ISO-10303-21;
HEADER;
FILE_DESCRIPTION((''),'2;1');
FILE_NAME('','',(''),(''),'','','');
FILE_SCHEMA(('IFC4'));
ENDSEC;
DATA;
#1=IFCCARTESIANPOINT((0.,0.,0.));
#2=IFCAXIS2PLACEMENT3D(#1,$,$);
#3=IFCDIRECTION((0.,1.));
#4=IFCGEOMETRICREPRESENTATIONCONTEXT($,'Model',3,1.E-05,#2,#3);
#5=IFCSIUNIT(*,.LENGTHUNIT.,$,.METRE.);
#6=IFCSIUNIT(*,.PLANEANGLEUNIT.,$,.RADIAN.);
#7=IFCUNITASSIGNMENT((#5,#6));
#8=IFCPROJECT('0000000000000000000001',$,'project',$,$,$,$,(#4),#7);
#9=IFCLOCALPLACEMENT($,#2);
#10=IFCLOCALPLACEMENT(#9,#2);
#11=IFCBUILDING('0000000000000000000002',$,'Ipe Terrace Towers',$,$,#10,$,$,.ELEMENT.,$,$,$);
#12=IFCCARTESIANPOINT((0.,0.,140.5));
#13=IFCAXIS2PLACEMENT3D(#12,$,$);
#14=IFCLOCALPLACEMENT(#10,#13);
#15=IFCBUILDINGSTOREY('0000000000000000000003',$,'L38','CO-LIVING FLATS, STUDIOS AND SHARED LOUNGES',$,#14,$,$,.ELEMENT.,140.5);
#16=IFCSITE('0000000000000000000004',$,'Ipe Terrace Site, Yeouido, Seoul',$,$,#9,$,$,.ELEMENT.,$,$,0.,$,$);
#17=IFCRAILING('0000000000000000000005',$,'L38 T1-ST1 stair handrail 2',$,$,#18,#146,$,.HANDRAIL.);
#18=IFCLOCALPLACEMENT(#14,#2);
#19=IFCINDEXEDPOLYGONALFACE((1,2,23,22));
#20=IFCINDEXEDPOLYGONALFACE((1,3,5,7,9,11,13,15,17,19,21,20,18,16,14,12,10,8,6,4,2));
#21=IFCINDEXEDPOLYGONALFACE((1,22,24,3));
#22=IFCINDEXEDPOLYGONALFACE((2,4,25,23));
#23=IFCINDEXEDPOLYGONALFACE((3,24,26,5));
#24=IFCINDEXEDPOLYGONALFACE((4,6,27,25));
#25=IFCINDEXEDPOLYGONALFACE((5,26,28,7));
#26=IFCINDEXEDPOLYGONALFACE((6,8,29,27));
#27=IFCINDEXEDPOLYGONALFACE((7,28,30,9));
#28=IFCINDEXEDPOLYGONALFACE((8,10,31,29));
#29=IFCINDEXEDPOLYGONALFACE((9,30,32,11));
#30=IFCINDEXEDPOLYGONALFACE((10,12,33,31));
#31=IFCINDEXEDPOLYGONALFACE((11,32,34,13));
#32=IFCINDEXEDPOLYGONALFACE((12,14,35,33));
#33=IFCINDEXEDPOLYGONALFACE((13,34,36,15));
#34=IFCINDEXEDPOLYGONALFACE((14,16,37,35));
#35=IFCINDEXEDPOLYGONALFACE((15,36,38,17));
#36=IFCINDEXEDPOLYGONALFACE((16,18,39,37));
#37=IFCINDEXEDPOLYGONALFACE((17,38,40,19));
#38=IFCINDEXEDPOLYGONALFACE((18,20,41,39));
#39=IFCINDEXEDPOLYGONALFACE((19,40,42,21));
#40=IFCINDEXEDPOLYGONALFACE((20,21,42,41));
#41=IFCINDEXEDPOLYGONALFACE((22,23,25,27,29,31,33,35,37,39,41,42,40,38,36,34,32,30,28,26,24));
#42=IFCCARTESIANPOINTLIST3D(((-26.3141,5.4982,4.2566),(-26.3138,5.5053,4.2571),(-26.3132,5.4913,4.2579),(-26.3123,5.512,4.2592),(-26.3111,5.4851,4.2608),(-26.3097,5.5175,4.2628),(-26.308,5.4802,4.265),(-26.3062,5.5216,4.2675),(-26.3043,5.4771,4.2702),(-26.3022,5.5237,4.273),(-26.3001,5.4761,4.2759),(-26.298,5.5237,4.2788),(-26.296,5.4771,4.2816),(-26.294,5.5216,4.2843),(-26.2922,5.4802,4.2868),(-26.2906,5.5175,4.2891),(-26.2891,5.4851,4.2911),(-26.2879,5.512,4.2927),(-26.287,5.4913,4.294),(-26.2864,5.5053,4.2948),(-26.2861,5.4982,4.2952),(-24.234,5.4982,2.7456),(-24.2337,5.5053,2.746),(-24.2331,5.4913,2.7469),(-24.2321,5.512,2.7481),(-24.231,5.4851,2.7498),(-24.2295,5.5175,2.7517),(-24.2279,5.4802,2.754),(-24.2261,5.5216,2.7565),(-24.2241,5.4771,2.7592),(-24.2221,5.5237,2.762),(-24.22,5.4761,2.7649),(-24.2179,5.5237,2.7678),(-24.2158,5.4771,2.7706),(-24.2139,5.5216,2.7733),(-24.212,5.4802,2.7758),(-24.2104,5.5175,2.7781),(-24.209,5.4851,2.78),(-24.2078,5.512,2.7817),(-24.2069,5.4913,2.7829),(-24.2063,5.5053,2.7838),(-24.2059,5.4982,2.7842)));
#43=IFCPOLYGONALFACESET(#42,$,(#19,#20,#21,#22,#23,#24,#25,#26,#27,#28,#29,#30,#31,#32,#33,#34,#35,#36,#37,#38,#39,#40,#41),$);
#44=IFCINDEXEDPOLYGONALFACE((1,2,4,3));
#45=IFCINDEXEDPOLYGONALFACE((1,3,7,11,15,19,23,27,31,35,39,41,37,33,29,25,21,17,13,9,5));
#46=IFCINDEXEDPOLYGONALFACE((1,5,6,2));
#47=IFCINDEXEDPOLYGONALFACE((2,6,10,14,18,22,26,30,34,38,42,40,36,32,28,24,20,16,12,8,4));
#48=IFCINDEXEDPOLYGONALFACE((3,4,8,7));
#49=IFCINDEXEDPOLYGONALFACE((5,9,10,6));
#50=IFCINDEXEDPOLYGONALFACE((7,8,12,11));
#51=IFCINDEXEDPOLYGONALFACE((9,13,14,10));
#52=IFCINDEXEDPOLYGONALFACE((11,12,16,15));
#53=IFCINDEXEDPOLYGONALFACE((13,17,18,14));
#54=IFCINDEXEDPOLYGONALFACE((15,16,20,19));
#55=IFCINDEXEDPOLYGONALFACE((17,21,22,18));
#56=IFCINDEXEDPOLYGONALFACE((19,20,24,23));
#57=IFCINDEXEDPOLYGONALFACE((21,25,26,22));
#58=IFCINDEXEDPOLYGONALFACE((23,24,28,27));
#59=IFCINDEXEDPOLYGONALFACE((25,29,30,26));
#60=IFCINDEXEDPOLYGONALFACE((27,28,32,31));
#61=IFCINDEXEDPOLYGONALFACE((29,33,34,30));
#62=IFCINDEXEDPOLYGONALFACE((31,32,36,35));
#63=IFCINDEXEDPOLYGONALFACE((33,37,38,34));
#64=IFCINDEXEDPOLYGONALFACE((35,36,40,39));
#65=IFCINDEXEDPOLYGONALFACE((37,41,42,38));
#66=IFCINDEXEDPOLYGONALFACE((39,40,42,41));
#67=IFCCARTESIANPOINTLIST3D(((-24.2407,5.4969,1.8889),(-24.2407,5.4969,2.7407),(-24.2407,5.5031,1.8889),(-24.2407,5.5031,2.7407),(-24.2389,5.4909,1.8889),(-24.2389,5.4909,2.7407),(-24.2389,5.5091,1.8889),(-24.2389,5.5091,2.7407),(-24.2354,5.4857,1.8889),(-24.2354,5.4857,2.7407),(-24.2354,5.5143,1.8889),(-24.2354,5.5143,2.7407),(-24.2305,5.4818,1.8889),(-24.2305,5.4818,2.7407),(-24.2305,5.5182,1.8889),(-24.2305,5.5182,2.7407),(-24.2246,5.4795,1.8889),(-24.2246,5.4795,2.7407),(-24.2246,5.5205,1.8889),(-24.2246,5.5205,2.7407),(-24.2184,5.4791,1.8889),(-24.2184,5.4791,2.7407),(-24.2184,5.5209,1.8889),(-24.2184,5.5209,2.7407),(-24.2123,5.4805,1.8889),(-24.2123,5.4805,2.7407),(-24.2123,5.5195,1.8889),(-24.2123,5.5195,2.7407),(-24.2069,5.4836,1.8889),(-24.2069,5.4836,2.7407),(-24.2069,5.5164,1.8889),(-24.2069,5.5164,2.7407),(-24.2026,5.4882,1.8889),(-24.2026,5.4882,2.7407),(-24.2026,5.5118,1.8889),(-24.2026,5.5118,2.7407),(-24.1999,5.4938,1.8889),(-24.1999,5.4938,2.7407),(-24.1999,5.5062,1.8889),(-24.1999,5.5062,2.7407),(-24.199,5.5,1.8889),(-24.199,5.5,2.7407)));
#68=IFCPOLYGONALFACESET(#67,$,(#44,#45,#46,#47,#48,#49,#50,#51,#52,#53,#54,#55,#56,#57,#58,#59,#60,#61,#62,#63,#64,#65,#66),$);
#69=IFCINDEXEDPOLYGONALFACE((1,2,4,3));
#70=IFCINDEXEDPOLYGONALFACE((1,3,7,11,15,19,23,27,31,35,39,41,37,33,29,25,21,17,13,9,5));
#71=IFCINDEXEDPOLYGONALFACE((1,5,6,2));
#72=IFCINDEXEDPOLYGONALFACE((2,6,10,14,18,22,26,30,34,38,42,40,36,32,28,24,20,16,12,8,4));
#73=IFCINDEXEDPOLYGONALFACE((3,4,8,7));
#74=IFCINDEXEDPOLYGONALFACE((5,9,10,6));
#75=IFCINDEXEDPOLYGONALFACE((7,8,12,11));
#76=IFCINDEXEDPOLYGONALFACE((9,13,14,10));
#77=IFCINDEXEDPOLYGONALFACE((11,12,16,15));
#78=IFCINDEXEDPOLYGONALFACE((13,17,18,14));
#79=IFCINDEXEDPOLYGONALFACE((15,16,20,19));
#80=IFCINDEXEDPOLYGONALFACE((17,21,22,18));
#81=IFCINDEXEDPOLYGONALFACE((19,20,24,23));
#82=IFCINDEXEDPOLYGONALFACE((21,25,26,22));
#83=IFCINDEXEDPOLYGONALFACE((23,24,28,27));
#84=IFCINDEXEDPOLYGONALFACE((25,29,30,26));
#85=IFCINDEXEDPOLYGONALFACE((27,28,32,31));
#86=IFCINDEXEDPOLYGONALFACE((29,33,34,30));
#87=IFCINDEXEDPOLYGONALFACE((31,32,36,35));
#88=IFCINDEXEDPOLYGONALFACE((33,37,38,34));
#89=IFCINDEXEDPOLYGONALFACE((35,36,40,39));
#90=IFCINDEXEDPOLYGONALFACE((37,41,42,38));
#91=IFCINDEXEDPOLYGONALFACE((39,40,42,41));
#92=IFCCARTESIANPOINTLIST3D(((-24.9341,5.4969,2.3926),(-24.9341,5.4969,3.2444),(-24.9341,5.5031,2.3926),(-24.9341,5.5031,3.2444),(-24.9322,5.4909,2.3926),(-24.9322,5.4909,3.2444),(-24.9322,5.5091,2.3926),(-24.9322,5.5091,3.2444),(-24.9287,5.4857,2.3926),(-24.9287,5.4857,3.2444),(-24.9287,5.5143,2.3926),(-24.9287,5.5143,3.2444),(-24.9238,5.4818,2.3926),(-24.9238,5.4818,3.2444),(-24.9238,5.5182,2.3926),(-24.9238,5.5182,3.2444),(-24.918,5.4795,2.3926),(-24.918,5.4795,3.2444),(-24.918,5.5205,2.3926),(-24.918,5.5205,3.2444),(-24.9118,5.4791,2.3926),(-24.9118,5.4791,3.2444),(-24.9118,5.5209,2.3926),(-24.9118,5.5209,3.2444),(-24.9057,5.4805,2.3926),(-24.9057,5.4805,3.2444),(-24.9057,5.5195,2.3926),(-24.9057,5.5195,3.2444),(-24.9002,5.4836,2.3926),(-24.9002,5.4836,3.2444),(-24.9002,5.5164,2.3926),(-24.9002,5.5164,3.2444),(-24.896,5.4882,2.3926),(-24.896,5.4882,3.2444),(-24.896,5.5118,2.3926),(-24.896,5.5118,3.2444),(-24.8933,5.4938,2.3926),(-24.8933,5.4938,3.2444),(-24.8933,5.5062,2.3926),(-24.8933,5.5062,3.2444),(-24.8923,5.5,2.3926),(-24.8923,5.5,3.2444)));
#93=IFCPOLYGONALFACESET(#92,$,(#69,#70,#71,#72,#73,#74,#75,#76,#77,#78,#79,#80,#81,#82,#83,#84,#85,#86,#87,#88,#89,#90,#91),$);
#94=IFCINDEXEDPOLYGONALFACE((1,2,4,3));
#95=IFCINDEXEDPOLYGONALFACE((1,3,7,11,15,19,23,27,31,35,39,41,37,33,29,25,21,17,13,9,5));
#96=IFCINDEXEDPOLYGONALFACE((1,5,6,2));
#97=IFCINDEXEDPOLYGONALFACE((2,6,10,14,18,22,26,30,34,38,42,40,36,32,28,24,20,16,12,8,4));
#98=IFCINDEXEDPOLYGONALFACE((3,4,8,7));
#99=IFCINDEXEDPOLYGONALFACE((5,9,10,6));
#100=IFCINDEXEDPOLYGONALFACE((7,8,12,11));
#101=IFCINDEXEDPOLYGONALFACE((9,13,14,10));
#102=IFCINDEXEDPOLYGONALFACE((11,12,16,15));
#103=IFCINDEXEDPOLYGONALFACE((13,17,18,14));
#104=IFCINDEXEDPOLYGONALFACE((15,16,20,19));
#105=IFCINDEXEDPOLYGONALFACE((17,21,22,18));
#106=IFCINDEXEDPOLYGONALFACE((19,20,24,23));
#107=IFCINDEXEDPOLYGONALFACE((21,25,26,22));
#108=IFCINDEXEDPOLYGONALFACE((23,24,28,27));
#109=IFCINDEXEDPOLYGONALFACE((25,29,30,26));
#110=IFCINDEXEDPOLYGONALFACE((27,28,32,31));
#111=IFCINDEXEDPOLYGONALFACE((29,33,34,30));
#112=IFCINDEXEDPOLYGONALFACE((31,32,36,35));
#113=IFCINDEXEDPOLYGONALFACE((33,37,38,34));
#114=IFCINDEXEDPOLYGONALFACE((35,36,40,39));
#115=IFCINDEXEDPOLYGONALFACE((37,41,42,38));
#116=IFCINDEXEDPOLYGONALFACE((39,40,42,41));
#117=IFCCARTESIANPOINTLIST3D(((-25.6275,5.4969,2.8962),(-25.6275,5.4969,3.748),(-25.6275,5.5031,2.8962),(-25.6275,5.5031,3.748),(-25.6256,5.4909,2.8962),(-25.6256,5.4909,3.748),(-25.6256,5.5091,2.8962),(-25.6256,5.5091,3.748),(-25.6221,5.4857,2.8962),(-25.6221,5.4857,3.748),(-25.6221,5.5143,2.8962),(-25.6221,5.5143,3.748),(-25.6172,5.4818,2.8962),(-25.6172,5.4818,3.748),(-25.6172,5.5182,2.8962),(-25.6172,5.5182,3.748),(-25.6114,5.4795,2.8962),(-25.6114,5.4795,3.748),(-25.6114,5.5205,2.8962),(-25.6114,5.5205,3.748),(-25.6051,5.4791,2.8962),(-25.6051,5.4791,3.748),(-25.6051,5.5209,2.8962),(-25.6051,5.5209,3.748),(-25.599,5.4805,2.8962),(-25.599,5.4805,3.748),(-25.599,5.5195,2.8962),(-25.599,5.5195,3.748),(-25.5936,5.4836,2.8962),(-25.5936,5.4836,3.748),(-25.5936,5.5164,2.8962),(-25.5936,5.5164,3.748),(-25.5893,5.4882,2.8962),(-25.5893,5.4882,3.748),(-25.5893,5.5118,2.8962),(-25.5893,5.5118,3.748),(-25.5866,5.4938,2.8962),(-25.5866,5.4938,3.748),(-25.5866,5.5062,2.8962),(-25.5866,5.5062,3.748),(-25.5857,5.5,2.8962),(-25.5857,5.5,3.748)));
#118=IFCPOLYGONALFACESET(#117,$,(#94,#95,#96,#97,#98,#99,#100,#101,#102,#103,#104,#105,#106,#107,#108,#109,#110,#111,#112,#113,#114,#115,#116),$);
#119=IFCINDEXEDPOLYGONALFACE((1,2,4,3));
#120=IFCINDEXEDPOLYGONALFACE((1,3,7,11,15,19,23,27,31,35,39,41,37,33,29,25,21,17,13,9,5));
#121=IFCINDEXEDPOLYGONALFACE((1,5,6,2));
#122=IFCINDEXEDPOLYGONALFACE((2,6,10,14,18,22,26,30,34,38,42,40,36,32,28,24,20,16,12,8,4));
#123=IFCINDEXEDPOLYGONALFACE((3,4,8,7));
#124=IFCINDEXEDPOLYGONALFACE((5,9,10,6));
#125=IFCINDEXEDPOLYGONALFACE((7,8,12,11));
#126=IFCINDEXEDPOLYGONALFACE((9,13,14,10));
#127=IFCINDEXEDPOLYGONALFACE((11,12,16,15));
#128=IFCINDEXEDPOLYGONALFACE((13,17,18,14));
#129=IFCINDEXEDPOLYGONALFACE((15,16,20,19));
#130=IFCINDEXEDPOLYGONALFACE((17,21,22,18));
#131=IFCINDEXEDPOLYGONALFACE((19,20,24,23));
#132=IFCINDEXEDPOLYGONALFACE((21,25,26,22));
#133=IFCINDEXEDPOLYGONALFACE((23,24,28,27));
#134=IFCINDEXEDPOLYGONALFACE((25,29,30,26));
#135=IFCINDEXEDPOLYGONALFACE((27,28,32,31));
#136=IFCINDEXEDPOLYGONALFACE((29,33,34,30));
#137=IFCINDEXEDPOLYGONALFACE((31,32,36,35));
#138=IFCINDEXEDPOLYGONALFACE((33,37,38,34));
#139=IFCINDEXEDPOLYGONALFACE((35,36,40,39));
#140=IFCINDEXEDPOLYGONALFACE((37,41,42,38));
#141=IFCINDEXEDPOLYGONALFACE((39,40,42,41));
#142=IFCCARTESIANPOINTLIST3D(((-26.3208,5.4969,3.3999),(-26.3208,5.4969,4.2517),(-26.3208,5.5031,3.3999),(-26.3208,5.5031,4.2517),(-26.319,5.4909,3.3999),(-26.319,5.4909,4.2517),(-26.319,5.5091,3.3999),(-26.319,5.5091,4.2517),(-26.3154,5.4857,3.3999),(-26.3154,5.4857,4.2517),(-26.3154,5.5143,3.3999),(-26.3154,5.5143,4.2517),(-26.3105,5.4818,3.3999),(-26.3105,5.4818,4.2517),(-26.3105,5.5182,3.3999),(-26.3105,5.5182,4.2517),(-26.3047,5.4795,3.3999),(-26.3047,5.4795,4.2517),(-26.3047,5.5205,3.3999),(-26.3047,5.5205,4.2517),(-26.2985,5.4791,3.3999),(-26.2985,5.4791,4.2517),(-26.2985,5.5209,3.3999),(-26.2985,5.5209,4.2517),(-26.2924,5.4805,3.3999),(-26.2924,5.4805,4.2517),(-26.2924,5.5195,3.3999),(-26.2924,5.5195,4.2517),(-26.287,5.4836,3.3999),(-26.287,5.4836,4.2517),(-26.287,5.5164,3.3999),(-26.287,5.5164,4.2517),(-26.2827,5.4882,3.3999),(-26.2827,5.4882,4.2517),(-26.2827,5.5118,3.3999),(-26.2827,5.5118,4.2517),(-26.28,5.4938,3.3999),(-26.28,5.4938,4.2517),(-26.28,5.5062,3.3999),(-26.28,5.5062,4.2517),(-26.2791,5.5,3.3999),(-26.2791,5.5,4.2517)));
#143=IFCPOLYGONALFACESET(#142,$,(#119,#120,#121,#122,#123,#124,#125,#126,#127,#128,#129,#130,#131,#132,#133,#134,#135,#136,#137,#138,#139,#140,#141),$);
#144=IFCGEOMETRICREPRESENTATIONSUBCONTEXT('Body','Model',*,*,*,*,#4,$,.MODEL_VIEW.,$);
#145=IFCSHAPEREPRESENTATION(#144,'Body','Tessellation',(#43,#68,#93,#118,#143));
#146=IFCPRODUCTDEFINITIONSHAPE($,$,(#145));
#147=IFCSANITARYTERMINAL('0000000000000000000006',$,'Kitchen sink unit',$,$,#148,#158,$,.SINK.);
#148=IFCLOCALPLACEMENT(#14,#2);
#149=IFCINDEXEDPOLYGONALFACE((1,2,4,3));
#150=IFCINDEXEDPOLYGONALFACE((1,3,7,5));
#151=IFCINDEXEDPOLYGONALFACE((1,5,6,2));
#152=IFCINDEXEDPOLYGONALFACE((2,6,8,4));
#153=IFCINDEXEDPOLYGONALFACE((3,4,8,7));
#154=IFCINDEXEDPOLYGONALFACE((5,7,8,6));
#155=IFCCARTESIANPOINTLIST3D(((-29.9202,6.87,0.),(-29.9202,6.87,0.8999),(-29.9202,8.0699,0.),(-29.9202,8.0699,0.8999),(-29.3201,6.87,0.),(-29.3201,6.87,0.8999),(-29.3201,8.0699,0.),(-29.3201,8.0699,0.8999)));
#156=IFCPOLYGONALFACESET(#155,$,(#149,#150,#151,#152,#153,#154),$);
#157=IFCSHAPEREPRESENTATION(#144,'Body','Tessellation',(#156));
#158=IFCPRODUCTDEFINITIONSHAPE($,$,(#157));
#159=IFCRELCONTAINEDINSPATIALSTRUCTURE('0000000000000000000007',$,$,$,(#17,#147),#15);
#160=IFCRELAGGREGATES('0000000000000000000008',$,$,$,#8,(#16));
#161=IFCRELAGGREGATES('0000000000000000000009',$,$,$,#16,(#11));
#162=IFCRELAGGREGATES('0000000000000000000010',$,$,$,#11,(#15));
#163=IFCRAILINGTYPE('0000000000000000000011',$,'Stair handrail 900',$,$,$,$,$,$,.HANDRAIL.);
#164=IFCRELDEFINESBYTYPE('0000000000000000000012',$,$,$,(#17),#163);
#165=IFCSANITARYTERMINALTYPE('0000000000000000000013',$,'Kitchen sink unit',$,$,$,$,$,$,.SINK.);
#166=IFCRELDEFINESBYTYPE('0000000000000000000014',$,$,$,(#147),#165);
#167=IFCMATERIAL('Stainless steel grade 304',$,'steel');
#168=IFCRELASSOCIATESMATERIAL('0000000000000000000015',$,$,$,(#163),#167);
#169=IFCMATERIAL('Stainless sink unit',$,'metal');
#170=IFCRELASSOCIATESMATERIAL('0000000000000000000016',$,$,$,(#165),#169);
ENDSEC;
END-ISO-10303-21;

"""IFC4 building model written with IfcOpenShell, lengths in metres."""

from ifc_helpers import new_model, si_unit, direction, frame, origin, origin_2d, place, context, subcontext, project, spatial, rectangle, circle, extrude, material, type_object, element, save


model = new_model("IFC4")

# Units and contexts
model_context = context("Model", 3, precision=1e-05, world=origin(), true_north=direction((0.0, 1.0)))
body_context = subcontext(model_context, "Body", "Model", "MODEL_VIEW")
ifc_project = project(units=[si_unit("LENGTHUNIT", "METRE"), si_unit("PLANEANGLEUNIT", "RADIAN")], contexts=[model_context])

# Site, building, storey
site_placement = place(None, origin())
site = spatial("IfcSite", under=ifc_project, at=site_placement, Name="Ipe Terrace Site, Yeouido, Seoul", CompositionType="ELEMENT", RefElevation=0.0)
building_placement = place(site_placement, origin())
building = spatial("IfcBuilding", under=site, at=building_placement, Name="Ipe Terrace Towers", CompositionType="ELEMENT")
storey_placement = place(building_placement, frame((0.0, 0.0, 140.5)))
storey = spatial("IfcBuildingStorey", under=building, at=storey_placement, Name="L38", Description="CO-LIVING FLATS, STUDIOS AND SHARED LOUNGES", CompositionType="ELEMENT", Elevation=140.5)

# Railing
ifc_material_1 = material(Name="Stainless steel grade 304", Category="steel")
railing_type_1 = type_object("IfcRailingType", Name="Stair handrail 900", PredefinedType="HANDRAIL", material=ifc_material_1)
railing_1_placement = place(storey_placement, frame((-24.22, 5.5, 1.8889)))
element("IfcRailing", 1, at=railing_1_placement, inside=storey, type_object=railing_type_1, Name="L38 T1-ST1 stair handrail 2", PredefinedType="HANDRAIL", context=body_context, shape_type="SweptSolid", body=[
    extrude(circle(Radius=0.0239, at=origin_2d()), frame((0.0, 0.0, 0.876), z_axis=(-0.809069, 0.0, 0.587714), x_axis=(0.0, -1.0, 0.0)), (0.0, 0.0, 1.0), 2.571),
    extrude(circle(Radius=0.021, at=origin_2d()), origin(), (0.0, 0.0, 1.0), 0.8518),
    extrude(circle(Radius=0.021, at=origin_2d()), frame((-0.6934, 0.0, 0.5037)), (0.0, 0.0, 1.0), 0.8518),
    extrude(circle(Radius=0.021, at=origin_2d()), frame((-1.3867, 0.0, 1.0073)), (0.0, 0.0, 1.0), 0.8518),
    extrude(circle(Radius=0.021, at=origin_2d()), frame((-2.0801, 0.0, 1.511)), (0.0, 0.0, 1.0), 0.8518),
])

# Sanitary terminal
ifc_material_2 = material(Name="Stainless sink unit", Category="metal")
sanitary_terminal_type = type_object("IfcSanitaryTerminalType", Name="Kitchen sink unit", PredefinedType="SINK", material=ifc_material_2)
sanitary_terminal_placement = place(storey_placement, frame((-29.6201, 7.47, 0.0), z_axis=(0.0, 0.0, 1.0), x_axis=(0.0, -1.0, 0.0)))
element("IfcSanitaryTerminal", 2, at=sanitary_terminal_placement, inside=storey, type_object=sanitary_terminal_type, Name="Kitchen sink unit", PredefinedType="SINK", context=body_context, shape_type="SweptSolid", body=[
    extrude(rectangle(XDim=1.2, YDim=0.6001, at=origin_2d()), origin(), (0.0, 0.0, 1.0), 0.8999),
])

save(model, "model.ifc")
